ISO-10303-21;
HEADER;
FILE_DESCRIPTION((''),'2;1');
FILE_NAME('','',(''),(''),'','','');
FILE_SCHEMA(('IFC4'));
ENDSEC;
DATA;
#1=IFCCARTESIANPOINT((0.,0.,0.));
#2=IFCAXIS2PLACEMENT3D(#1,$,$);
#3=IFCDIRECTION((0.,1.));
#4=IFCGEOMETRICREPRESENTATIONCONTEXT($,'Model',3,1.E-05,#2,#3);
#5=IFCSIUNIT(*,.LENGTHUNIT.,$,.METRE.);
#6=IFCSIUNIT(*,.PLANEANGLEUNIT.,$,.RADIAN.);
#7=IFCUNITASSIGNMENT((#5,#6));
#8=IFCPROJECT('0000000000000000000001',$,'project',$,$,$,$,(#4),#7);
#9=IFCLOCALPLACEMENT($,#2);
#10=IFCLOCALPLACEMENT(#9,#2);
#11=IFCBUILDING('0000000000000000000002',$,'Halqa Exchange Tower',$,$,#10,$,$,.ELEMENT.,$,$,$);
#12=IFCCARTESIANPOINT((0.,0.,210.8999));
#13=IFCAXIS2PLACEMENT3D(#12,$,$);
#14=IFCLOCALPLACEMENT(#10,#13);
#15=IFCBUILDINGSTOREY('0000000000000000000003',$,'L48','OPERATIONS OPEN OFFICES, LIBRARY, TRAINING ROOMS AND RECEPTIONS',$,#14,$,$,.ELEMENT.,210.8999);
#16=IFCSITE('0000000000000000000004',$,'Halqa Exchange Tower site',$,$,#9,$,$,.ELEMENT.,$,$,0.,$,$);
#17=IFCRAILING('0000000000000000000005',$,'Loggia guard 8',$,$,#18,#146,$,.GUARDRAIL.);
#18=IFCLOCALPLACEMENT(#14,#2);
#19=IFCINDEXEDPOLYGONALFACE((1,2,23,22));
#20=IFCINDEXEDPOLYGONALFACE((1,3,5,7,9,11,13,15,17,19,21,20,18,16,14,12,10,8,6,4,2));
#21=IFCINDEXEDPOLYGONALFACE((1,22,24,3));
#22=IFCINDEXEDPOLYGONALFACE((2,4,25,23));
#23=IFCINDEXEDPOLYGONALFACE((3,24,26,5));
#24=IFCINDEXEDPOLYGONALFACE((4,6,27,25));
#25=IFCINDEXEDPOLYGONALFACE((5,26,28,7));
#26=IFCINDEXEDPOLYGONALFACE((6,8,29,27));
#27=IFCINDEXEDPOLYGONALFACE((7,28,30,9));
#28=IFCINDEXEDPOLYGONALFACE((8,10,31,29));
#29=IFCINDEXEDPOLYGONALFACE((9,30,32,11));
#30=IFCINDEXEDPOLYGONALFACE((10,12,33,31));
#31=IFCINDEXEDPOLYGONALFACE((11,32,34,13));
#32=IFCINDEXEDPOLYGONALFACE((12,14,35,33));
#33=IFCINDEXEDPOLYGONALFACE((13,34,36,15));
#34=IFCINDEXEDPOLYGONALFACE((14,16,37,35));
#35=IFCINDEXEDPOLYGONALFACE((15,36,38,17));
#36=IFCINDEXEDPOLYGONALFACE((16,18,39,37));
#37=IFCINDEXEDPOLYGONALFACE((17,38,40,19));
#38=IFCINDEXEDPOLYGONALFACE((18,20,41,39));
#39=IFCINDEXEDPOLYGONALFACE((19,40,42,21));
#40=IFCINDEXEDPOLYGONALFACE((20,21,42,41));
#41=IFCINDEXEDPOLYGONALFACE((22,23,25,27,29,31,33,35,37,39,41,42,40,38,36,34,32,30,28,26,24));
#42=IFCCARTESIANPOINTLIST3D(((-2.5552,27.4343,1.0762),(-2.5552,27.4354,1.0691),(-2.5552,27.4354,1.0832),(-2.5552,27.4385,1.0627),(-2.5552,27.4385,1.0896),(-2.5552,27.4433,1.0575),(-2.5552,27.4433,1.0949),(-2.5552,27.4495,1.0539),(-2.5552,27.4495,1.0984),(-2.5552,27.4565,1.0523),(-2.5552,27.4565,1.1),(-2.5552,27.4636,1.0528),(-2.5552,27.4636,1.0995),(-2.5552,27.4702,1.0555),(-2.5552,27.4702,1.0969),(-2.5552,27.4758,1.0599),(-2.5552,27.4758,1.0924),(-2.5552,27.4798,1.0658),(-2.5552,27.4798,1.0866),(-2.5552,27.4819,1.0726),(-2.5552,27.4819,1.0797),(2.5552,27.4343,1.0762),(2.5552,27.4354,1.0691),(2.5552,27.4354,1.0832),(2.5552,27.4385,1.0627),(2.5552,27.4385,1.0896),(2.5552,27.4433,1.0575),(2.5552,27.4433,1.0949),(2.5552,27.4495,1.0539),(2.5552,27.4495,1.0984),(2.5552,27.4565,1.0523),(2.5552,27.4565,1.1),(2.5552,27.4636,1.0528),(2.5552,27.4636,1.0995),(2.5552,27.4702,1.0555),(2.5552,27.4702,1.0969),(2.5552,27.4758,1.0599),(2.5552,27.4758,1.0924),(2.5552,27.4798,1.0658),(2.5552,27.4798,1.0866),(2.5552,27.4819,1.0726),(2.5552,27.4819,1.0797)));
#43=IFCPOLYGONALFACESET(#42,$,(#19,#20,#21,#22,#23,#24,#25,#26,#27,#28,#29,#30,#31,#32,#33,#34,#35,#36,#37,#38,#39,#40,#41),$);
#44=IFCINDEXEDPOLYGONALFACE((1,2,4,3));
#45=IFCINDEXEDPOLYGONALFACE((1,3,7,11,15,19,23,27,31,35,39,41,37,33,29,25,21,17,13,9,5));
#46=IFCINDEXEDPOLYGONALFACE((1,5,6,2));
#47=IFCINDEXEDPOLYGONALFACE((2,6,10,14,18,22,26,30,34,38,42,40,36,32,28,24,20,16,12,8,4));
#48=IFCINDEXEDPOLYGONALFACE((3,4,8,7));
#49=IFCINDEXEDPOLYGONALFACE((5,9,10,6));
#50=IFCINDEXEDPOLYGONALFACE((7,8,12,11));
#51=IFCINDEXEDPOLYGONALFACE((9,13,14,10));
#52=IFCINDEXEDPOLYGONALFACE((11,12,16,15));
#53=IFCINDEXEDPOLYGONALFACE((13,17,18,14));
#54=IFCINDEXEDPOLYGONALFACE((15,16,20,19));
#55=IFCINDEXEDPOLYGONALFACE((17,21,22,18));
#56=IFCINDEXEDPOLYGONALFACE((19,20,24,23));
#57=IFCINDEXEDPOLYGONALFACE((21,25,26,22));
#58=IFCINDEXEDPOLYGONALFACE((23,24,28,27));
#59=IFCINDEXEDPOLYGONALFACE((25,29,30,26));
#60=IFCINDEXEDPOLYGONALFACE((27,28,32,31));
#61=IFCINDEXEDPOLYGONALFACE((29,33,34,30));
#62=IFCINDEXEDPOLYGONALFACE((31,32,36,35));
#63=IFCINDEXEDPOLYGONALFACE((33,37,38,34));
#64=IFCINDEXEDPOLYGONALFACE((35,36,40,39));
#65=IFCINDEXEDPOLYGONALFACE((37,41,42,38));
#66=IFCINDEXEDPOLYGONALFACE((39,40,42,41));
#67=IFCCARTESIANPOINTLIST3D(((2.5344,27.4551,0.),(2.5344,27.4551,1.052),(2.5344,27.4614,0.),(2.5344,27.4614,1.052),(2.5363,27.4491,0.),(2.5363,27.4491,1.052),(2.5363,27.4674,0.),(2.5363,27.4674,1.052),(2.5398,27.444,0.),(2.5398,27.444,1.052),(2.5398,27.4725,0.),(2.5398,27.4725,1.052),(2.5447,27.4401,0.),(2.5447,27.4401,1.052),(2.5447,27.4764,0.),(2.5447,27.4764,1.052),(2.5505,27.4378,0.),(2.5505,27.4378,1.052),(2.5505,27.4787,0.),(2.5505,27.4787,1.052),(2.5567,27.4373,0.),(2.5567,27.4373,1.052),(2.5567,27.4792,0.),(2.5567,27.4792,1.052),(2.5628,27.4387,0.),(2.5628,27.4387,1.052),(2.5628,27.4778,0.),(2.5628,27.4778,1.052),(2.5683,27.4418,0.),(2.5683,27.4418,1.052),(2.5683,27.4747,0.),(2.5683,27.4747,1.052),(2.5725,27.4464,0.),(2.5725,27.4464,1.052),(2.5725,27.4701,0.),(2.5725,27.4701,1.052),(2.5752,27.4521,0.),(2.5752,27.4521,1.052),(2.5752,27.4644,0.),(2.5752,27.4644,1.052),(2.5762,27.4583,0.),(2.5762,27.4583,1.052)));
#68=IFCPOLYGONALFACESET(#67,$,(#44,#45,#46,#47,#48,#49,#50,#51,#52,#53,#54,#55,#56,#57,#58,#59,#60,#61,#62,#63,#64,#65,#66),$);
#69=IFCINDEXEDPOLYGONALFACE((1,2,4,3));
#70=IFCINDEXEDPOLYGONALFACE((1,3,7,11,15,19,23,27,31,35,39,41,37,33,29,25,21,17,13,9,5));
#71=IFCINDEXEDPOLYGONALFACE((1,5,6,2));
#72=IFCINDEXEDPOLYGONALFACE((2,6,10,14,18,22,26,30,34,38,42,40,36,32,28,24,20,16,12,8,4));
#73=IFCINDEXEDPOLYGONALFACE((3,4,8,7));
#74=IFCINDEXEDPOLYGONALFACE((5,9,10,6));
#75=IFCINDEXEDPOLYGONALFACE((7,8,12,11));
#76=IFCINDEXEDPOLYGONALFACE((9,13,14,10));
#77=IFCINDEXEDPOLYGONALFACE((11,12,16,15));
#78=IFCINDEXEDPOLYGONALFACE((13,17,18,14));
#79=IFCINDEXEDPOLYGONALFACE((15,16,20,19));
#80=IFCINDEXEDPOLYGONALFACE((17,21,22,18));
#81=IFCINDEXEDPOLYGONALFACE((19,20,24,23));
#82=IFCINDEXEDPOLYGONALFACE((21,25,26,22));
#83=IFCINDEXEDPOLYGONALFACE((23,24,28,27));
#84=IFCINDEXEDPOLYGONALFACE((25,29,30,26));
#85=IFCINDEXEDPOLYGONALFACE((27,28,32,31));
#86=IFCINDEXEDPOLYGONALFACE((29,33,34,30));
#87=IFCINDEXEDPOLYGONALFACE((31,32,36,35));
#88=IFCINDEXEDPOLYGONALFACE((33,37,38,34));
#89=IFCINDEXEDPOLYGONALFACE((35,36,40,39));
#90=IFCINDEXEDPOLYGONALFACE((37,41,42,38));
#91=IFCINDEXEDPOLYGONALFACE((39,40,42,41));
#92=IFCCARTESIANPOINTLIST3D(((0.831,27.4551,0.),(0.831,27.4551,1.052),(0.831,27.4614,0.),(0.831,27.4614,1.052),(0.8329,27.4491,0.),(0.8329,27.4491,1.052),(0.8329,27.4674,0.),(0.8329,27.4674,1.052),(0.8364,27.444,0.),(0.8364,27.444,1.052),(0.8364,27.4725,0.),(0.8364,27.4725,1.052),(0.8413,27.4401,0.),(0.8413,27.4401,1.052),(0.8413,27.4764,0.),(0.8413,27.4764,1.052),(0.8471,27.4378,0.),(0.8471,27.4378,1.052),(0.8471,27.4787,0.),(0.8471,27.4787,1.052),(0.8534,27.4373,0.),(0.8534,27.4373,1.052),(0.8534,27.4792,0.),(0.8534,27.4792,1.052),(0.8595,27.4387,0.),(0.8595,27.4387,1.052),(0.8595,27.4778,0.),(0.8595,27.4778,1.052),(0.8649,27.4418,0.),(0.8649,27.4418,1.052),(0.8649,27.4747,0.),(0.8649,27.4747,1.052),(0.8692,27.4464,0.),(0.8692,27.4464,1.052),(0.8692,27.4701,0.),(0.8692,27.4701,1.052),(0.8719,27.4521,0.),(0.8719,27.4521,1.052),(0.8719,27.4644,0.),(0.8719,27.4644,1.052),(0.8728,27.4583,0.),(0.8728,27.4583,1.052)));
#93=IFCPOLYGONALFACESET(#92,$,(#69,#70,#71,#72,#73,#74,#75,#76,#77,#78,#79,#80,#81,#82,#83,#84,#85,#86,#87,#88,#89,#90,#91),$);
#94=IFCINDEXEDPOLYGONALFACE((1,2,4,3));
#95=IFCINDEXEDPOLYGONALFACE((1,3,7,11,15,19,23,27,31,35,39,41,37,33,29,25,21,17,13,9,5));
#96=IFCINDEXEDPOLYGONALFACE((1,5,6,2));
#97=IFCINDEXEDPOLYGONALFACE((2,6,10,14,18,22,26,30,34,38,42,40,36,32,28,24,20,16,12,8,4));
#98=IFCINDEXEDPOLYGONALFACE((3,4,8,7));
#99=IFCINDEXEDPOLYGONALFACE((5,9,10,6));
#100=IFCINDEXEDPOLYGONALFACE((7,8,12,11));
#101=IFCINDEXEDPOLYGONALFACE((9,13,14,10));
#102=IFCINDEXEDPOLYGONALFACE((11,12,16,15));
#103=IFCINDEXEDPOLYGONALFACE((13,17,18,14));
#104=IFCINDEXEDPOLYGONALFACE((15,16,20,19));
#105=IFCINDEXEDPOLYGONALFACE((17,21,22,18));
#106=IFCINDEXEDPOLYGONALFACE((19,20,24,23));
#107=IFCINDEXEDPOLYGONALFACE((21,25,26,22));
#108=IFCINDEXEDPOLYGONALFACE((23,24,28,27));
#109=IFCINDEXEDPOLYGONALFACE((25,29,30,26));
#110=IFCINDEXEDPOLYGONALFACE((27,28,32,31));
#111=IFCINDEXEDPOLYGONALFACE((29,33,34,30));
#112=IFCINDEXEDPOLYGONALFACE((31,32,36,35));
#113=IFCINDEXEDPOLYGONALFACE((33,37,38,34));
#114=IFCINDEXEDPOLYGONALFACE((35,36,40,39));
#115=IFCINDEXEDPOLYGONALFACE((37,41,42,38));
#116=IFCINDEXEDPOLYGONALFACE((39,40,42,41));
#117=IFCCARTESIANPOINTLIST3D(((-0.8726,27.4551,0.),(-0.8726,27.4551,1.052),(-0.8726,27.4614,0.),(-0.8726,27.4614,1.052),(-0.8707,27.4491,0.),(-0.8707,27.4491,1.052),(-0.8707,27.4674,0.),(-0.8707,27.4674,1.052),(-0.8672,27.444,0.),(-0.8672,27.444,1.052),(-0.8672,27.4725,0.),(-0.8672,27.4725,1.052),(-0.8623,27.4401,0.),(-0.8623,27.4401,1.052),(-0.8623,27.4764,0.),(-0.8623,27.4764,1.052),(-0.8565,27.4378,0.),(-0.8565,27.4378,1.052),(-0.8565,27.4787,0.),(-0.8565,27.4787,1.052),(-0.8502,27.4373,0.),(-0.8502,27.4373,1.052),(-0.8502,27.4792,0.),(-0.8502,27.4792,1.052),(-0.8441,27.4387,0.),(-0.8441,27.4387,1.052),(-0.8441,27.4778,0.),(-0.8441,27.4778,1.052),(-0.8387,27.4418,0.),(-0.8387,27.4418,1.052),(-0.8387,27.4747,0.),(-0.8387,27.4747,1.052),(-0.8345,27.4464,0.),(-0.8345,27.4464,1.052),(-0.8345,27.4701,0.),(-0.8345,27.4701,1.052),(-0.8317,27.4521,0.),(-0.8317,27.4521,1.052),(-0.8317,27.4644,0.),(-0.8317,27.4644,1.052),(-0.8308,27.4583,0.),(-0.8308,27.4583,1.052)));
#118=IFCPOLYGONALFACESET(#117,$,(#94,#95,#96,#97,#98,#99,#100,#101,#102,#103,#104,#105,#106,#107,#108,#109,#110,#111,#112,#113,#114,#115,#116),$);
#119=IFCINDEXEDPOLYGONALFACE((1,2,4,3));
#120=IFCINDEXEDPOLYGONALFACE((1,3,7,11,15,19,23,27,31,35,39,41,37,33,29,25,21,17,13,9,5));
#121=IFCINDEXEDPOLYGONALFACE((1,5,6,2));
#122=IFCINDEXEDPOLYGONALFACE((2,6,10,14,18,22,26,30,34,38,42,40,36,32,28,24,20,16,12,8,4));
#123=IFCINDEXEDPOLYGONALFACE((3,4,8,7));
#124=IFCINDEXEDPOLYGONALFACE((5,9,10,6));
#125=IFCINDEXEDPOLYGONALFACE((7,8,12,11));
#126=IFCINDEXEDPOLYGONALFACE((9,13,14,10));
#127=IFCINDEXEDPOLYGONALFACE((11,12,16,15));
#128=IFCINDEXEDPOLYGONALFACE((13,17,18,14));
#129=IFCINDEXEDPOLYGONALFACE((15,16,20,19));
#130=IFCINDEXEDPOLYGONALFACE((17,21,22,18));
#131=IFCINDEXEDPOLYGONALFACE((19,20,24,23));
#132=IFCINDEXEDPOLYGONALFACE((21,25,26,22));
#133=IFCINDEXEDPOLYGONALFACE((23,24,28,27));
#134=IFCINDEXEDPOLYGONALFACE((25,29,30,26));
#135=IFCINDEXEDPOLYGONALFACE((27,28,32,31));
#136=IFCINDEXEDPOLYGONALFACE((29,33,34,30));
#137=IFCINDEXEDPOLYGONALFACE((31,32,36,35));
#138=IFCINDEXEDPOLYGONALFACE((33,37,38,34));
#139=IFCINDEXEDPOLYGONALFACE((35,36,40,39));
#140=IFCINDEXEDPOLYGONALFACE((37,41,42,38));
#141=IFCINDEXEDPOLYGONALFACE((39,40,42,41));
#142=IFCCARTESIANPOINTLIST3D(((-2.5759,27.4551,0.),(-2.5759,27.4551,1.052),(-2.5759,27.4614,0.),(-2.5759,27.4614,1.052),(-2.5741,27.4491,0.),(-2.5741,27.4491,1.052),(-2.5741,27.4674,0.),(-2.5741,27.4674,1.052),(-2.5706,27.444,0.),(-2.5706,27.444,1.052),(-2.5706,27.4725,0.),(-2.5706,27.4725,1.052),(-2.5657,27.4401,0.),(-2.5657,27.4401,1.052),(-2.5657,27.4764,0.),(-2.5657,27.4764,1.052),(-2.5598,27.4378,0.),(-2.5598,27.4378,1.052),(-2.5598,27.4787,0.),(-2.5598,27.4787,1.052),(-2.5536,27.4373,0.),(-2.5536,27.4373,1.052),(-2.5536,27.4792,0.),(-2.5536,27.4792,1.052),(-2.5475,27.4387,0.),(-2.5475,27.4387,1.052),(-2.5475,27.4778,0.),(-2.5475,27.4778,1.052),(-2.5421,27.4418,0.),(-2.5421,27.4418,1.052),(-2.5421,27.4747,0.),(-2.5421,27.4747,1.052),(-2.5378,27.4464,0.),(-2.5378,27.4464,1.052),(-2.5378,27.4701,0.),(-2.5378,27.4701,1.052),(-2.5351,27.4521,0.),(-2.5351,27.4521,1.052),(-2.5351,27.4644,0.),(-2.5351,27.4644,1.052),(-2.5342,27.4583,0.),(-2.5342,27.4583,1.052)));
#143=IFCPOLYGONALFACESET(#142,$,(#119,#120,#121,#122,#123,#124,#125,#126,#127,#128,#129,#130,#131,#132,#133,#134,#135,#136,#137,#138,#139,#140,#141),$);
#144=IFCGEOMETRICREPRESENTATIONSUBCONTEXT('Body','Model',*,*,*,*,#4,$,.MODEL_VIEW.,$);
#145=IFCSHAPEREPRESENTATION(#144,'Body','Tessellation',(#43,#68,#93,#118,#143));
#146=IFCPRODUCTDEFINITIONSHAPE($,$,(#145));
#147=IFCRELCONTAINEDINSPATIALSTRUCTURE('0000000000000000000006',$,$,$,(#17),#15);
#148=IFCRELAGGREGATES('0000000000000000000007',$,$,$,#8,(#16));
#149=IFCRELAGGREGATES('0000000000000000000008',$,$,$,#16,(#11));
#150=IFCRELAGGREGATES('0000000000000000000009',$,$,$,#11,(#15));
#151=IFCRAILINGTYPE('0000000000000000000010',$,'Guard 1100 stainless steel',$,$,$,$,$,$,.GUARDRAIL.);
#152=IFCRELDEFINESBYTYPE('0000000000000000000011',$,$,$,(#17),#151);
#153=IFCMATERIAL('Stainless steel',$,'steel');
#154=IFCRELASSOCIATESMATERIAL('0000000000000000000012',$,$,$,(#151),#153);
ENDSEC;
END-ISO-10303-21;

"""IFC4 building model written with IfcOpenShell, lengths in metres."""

from ifc_helpers import new_model, si_unit, direction, frame, origin, origin_2d, place, context, subcontext, project, spatial, circle, extrude, material, type_object, element, save


model = new_model("IFC4")

# Units and contexts
model_context = context("Model", 3, precision=1e-05, world=origin(), true_north=direction((0.0, 1.0)))
body_context = subcontext(model_context, "Body", "Model", "MODEL_VIEW")
ifc_project = project(units=[si_unit("LENGTHUNIT", "METRE"), si_unit("PLANEANGLEUNIT", "RADIAN")], contexts=[model_context])

# Site, building, storey
site_placement = place(None, origin())
site = spatial("IfcSite", under=ifc_project, at=site_placement, Name="Halqa Exchange Tower site", CompositionType="ELEMENT", RefElevation=0.0)
building_placement = place(site_placement, origin())
building = spatial("IfcBuilding", under=site, at=building_placement, Name="Halqa Exchange Tower", CompositionType="ELEMENT")
storey_placement = place(building_placement, frame((0.0, 0.0, 210.8999)))
storey = spatial("IfcBuildingStorey", under=building, at=storey_placement, Name="L48", Description="OPERATIONS OPEN OFFICES, LIBRARY, TRAINING ROOMS AND RECEPTIONS", CompositionType="ELEMENT", Elevation=210.8999)

# Railing
ifc_material_1 = material(Name="Stainless steel", Category="steel")
railing_type_1 = type_object("IfcRailingType", Name="Guard 1100 stainless steel", PredefinedType="GUARDRAIL", material=ifc_material_1)
railing_1_placement = place(storey_placement, frame((2.5552, 27.4583, 0.0)))
element("IfcRailing", 1, at=railing_1_placement, inside=storey, type_object=railing_type_1, Name="Loggia guard 8", PredefinedType="GUARDRAIL", context=body_context, shape_type="SweptSolid", body=[
    extrude(circle(Radius=0.0239, at=origin_2d()), frame((0.0, 0.0, 1.0762), z_axis=(-1.0, 0.0, 0.0), x_axis=(0.0, -1.0, 0.0)), (0.0, 0.0, 1.0), 5.1104),
    extrude(circle(Radius=0.021, at=origin_2d()), origin(), (0.0, 0.0, 1.0), 1.052),
    extrude(circle(Radius=0.021, at=origin_2d()), frame((-1.7034, 0.0, 0.0)), (0.0, 0.0, 1.0), 1.052),
    extrude(circle(Radius=0.021, at=origin_2d()), frame((-3.407, 0.0, 0.0)), (0.0, 0.0, 1.0), 1.052),
    extrude(circle(Radius=0.021, at=origin_2d()), frame((-5.1104, 0.0, 0.0)), (0.0, 0.0, 1.0), 1.052),
])

save(model, "model.ifc")
